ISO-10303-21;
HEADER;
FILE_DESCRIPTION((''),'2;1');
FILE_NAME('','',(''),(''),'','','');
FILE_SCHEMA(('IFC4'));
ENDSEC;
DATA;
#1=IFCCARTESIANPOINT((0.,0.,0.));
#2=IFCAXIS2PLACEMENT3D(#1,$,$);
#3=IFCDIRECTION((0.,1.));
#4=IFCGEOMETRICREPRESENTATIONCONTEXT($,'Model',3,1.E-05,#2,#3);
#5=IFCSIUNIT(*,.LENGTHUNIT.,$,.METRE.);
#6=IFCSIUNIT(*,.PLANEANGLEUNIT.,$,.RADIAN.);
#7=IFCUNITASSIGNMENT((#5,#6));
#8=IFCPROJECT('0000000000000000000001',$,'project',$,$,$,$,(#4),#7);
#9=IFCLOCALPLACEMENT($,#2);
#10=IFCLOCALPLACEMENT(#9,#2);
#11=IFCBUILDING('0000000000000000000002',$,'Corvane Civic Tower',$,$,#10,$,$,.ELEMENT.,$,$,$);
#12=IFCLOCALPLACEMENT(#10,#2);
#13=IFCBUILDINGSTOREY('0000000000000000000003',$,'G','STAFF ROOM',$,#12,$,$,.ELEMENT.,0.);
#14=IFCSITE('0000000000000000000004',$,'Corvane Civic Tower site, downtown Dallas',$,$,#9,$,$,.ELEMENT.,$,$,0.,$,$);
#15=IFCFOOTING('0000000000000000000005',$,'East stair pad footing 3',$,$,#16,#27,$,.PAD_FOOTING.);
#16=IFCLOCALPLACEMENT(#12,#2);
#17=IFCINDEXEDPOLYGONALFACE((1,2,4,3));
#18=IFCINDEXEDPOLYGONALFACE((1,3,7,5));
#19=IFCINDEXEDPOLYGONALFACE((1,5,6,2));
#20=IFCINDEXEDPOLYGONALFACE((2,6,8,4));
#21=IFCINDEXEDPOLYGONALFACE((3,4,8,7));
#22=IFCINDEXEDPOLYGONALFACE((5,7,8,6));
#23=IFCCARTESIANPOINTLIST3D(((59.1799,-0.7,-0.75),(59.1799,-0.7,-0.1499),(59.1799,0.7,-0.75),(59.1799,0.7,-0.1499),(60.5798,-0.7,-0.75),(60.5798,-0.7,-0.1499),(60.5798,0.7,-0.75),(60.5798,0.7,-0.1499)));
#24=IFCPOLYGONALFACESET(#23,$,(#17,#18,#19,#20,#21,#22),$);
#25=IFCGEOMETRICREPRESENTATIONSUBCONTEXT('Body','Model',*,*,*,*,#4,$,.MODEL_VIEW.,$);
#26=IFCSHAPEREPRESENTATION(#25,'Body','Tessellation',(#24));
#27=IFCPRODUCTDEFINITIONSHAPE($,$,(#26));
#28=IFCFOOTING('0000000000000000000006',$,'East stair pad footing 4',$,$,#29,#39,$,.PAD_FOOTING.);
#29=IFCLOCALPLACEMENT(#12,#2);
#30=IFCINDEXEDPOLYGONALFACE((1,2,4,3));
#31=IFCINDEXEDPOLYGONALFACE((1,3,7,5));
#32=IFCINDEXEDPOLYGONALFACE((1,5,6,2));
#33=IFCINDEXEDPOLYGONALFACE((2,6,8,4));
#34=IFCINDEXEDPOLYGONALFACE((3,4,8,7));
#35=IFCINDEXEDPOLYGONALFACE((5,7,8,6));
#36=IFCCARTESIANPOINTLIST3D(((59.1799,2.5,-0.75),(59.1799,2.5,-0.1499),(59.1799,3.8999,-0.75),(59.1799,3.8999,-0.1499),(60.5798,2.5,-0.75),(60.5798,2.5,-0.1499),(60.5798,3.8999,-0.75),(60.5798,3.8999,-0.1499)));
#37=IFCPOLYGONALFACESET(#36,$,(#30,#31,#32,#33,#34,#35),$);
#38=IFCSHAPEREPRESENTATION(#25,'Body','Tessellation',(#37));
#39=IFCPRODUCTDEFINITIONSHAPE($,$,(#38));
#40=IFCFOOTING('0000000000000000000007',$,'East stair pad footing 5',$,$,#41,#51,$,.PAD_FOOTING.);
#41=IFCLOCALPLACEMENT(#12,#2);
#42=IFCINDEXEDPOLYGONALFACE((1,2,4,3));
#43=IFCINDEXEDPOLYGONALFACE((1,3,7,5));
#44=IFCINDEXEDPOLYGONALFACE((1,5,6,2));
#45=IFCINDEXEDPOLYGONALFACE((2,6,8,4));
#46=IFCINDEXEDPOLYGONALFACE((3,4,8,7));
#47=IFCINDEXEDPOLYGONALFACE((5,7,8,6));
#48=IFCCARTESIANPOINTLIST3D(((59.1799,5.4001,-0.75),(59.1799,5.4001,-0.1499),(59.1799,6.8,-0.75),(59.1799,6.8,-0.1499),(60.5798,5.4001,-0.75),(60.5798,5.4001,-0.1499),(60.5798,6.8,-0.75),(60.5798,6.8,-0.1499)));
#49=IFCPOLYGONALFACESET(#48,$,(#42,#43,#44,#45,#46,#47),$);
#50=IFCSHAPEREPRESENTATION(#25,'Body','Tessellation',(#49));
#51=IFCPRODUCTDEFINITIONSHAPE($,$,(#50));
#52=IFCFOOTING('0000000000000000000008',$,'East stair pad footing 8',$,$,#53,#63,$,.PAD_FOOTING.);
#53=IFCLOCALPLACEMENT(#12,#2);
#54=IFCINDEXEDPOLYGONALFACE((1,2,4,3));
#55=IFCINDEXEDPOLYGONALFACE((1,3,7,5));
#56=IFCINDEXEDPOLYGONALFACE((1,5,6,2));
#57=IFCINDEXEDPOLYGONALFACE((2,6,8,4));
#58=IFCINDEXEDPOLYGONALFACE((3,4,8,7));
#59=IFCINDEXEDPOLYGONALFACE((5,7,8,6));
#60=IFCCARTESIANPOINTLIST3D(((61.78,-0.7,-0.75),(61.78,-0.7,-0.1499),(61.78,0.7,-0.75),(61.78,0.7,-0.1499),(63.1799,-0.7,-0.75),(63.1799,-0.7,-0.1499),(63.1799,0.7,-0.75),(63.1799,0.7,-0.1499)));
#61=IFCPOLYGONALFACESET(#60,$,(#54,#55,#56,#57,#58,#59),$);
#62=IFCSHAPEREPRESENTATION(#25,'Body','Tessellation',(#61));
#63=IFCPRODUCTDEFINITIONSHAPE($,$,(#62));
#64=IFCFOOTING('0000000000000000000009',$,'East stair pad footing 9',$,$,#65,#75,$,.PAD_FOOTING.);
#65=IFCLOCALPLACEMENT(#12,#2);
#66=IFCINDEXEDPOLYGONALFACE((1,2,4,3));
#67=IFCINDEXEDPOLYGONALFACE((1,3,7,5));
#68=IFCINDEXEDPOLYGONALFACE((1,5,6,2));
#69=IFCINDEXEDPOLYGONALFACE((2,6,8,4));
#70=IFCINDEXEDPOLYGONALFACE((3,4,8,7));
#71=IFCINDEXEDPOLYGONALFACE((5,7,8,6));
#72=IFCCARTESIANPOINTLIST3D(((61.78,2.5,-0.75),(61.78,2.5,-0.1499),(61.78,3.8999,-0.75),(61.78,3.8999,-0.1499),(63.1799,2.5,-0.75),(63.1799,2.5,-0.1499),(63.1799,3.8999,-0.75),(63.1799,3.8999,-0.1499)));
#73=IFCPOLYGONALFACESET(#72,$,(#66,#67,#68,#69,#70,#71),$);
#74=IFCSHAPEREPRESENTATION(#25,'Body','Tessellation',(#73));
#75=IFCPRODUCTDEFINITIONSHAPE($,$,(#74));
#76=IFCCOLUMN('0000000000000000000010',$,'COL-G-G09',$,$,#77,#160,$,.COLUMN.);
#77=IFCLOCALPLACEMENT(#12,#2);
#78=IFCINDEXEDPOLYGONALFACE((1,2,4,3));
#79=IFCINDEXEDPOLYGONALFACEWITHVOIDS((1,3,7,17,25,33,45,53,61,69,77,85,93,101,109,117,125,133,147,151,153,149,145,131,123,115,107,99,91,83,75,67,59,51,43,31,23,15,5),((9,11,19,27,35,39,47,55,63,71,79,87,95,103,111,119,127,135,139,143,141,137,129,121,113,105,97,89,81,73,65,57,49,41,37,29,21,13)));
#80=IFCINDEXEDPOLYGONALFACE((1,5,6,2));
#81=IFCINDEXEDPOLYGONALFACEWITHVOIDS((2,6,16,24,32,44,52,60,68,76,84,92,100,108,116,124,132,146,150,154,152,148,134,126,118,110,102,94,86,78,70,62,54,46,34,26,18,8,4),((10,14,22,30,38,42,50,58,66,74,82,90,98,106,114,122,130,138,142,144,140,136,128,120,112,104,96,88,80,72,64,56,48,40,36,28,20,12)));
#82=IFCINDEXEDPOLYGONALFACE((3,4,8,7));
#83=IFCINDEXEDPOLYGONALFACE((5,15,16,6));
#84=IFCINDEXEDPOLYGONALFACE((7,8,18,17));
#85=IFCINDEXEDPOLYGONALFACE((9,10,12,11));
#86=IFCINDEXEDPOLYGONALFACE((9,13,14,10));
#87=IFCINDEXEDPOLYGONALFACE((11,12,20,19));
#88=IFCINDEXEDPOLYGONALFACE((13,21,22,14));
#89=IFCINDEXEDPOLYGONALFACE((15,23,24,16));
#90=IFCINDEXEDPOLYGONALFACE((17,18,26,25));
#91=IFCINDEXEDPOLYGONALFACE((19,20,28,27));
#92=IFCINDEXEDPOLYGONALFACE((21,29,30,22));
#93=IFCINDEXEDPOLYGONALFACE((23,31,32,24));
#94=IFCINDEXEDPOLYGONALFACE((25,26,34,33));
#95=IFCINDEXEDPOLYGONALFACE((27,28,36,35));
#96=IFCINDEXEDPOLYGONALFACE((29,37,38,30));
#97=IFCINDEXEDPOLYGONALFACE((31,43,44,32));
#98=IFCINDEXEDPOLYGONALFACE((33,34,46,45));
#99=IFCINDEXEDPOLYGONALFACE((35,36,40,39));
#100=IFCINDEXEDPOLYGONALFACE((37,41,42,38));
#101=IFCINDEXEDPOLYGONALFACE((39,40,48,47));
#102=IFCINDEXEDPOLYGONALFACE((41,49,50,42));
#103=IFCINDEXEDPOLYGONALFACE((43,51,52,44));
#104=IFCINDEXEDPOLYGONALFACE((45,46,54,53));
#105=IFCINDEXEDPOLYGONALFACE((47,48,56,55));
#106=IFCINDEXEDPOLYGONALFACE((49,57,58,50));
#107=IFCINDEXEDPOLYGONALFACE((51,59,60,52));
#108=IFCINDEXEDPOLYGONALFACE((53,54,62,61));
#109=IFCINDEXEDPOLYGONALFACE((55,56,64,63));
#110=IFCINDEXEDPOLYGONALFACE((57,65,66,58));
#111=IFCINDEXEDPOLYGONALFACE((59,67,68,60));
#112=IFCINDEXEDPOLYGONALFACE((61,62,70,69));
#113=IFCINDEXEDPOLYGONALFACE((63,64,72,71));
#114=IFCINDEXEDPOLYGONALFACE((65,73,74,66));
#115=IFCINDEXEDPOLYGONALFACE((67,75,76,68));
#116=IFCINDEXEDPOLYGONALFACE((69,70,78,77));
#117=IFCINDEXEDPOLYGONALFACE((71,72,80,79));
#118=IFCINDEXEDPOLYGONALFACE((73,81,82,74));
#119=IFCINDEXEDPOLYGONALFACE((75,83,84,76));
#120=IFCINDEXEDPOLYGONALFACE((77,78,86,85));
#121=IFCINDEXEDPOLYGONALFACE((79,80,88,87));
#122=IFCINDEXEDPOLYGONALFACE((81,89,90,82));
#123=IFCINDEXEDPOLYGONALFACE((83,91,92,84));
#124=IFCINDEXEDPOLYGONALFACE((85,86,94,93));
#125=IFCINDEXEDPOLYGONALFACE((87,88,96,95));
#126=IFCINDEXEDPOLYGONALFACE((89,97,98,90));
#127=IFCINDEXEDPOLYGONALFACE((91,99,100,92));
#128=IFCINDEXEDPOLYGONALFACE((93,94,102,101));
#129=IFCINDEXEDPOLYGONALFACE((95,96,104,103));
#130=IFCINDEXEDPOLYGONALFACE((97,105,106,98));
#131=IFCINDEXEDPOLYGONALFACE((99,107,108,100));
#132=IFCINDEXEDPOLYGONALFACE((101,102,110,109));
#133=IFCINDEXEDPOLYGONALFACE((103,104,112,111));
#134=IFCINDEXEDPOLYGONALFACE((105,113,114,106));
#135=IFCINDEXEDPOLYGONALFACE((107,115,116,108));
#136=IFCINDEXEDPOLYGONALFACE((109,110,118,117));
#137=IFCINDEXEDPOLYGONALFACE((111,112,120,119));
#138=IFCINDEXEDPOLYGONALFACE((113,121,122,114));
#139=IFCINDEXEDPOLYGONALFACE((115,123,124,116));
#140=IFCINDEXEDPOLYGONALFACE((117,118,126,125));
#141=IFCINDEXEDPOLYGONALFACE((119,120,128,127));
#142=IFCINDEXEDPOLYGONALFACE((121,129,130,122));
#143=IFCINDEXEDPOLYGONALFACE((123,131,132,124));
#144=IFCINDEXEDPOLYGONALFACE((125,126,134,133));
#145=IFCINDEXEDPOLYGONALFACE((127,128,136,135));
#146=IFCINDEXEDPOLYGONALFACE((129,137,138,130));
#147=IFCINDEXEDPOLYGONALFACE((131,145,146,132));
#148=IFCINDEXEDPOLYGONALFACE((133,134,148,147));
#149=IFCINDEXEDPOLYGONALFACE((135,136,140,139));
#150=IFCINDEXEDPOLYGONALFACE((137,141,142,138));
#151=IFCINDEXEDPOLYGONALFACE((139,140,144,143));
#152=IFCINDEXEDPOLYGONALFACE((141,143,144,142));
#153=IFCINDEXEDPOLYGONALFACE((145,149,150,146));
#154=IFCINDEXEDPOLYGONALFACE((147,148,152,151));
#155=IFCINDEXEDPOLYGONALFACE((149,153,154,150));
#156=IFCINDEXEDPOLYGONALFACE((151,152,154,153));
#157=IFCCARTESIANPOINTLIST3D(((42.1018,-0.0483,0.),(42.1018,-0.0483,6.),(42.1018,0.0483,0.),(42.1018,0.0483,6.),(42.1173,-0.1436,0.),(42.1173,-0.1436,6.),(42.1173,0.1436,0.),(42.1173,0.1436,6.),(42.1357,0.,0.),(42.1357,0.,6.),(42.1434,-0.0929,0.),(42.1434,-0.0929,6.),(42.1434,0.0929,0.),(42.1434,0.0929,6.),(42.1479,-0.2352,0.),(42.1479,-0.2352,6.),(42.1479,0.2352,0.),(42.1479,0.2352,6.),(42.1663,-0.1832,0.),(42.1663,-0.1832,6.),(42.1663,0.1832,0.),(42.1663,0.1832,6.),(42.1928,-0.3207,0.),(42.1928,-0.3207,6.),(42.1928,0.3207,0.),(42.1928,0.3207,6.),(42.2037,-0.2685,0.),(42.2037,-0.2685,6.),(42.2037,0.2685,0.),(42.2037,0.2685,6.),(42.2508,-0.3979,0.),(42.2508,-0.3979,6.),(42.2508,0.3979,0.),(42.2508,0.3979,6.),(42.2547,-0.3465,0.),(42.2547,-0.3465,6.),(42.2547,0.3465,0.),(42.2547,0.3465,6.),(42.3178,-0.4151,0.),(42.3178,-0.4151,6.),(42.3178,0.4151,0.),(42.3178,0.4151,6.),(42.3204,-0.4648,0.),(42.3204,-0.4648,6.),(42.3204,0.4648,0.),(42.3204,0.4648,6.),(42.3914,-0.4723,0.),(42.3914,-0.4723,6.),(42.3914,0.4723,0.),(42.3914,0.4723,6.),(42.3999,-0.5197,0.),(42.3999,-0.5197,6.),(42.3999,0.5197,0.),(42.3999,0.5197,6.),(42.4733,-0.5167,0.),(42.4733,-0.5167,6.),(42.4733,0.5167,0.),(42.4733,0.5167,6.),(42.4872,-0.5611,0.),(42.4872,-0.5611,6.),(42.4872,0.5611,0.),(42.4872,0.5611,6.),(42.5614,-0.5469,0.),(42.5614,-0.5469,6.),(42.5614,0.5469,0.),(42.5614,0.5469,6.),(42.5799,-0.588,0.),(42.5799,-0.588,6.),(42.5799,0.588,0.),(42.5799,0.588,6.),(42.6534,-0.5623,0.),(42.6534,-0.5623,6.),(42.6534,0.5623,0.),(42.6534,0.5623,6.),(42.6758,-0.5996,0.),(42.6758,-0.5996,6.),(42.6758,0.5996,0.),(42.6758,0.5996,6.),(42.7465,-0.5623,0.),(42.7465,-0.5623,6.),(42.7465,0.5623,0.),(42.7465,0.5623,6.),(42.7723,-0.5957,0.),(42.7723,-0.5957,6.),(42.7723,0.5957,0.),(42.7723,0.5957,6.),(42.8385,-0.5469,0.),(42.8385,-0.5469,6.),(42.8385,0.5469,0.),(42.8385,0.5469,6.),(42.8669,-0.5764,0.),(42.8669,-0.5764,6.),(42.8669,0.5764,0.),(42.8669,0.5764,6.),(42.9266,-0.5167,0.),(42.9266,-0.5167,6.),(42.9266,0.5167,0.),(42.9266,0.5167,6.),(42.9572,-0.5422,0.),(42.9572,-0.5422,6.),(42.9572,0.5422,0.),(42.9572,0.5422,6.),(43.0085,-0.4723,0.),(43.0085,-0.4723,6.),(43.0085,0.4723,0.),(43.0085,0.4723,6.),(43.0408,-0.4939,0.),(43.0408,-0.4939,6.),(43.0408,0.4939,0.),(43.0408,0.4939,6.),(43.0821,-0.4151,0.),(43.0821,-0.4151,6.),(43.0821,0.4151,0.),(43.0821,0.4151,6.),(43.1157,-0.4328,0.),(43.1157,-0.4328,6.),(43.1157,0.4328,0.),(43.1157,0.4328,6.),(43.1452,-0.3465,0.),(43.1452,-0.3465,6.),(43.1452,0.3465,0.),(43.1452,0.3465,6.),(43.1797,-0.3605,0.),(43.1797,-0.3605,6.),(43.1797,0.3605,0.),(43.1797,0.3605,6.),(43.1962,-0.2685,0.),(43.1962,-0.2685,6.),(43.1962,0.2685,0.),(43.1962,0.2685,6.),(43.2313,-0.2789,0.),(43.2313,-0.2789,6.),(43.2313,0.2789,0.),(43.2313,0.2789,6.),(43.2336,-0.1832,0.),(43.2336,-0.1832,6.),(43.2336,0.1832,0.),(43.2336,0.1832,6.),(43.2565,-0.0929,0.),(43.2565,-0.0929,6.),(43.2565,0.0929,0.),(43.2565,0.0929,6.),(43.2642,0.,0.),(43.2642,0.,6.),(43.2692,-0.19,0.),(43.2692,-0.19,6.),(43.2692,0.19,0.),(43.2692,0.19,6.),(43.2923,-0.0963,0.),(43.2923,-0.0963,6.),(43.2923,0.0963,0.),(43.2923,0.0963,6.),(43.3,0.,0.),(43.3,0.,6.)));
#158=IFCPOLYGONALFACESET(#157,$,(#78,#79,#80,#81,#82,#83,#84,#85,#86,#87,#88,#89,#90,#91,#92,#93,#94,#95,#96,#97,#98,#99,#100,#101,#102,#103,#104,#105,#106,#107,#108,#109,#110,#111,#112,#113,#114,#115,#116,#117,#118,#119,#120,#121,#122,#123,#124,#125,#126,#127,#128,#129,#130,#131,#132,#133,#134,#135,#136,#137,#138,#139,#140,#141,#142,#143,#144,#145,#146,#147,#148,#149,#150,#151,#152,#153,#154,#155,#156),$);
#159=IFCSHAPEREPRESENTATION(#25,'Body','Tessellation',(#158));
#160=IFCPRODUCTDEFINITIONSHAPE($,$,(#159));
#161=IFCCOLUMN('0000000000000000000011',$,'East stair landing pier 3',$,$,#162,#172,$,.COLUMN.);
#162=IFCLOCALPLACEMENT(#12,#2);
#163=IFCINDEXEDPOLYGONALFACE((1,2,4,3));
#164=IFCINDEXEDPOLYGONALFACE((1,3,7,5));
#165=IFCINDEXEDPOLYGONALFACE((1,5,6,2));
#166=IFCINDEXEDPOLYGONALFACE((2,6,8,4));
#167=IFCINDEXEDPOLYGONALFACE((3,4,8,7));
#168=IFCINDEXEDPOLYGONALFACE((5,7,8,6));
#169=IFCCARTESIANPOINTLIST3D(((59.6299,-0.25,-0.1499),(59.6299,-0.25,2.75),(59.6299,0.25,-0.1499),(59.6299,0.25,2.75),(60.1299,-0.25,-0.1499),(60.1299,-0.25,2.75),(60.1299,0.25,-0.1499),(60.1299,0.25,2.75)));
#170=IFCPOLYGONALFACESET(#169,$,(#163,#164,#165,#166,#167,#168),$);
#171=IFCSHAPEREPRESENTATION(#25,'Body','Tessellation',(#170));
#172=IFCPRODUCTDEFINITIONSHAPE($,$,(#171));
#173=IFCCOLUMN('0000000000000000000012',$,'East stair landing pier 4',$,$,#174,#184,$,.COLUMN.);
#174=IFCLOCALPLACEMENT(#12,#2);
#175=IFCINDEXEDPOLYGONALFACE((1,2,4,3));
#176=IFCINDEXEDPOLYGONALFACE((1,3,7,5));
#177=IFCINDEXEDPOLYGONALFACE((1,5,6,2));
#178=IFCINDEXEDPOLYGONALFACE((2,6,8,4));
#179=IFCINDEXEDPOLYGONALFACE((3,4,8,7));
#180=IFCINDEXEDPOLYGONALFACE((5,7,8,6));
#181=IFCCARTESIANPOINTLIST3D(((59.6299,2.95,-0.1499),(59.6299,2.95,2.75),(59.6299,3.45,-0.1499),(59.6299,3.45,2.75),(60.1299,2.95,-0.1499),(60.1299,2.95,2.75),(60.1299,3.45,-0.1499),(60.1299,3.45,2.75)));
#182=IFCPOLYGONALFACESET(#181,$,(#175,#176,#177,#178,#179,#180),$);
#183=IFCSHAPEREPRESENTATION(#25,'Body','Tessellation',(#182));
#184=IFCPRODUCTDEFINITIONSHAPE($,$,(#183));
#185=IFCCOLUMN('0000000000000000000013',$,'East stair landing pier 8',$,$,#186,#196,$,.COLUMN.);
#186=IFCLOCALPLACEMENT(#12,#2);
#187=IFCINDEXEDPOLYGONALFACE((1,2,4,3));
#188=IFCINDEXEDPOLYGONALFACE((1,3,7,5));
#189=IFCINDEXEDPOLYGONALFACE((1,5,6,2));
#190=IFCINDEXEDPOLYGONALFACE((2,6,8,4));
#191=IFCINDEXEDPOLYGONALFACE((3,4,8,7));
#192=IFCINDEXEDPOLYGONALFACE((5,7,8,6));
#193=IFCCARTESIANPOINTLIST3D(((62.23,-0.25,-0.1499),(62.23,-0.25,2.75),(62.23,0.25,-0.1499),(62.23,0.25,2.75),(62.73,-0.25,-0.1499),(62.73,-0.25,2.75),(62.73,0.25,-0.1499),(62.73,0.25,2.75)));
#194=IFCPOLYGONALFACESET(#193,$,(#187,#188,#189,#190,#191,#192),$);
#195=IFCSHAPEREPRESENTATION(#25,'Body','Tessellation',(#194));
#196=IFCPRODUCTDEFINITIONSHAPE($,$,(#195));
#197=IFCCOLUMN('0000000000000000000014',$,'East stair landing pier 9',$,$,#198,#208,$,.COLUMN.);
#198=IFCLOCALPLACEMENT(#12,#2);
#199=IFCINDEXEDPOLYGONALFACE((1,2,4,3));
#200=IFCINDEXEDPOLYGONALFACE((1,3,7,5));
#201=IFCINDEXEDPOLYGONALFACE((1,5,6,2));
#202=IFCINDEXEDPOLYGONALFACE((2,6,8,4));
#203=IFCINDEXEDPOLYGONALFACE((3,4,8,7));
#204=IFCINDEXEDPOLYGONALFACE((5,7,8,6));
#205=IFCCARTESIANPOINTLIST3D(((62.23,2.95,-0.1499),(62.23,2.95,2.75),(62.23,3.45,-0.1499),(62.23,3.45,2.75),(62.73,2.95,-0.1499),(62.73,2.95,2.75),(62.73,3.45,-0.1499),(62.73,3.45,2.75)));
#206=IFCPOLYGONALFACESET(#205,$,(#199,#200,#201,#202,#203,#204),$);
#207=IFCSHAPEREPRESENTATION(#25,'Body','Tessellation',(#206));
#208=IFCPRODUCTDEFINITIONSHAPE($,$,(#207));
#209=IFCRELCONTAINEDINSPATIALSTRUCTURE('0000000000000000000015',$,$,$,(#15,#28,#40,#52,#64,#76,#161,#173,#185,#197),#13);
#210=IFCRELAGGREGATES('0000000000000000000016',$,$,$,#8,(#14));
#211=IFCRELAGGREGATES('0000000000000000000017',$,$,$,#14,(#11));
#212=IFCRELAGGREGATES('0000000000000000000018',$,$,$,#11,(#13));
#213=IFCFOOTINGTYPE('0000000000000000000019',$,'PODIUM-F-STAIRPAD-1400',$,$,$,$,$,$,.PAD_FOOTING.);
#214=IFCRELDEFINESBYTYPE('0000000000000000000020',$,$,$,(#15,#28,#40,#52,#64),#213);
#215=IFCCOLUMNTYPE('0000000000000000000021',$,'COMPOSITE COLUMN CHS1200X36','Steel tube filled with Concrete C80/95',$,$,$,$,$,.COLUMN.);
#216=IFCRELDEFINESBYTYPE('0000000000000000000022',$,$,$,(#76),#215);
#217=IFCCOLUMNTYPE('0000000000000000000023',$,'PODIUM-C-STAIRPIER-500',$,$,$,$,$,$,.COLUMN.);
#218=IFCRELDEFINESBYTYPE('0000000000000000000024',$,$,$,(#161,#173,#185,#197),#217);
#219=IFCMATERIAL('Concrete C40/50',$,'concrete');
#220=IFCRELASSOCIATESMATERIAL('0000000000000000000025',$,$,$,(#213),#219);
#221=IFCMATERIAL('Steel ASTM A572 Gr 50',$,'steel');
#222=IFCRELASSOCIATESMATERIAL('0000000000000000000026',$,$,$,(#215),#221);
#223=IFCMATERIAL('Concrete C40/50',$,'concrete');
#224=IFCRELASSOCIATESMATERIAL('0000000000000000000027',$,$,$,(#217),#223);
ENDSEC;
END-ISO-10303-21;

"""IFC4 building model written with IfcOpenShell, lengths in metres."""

from ifc_helpers import new_model, si_unit, direction, frame, origin, origin_2d, place, context, subcontext, project, spatial, rectangle, hollow_circle, extrude, material, material_profile, profile_set, type_object, element, save


model = new_model("IFC4")

# Units and contexts
model_context = context("Model", 3, precision=1e-05, world=origin(), true_north=direction((0.0, 1.0)))
body_context = subcontext(model_context, "Body", "Model", "MODEL_VIEW")
ifc_project = project(units=[si_unit("LENGTHUNIT", "METRE"), si_unit("PLANEANGLEUNIT", "RADIAN")], contexts=[model_context])

# Site, building, storey
site_placement = place(None, origin())
site = spatial("IfcSite", under=ifc_project, at=site_placement, Name="Corvane Civic Tower site, downtown Dallas", CompositionType="ELEMENT", RefElevation=0.0)
building_placement = place(site_placement, origin())
building = spatial("IfcBuilding", under=site, at=building_placement, Name="Corvane Civic Tower", CompositionType="ELEMENT")
storey_placement = place(building_placement, origin())
storey = spatial("IfcBuildingStorey", under=building, at=storey_placement, Name="G", Description="STAFF ROOM", CompositionType="ELEMENT", Elevation=0.0)

# Footings
ifc_material_1 = material(Name="Concrete C40/50", Category="concrete")
footing_type = type_object("IfcFootingType", Name="PODIUM-F-STAIRPAD-1400", PredefinedType="PAD_FOOTING", material=ifc_material_1)
for number, where, z_axis, x_axis, name in (
    (1, (59.8799, 0.0, -0.75), (0.0, 0.0, 1.0), (1.0, 0.0, 0.0), "East stair pad footing 3"),
    (2, (59.8799, 3.2, -0.75), (0.0, 0.0, 1.0), (1.0, 0.0, 0.0), "East stair pad footing 4"),
    (3, (59.8799, 6.1001, -0.75), (0.0, 0.0, 1.0), (1.0, 0.0, 0.0), "East stair pad footing 5"),
    (4, (62.48, 0.0, -0.75), (0.0, 0.0, 1.0), (1.0, 0.0, 0.0), "East stair pad footing 8"),
    (5, (62.48, 3.2, -0.75), (0.0, 0.0, 1.0), (1.0, 0.0, 0.0), "East stair pad footing 9"),
):
    element("IfcFooting", number, at=place(storey_placement, frame(where, z_axis=z_axis, x_axis=x_axis)), inside=storey, type_object=footing_type, Name=name, PredefinedType="PAD_FOOTING", context=body_context, shape_type="SweptSolid", body=[
        extrude(rectangle(XDim=1.3999, YDim=1.3999, at=origin_2d()), origin(), (0.0, 0.0, 1.0), 0.6001),
    ])

# Columns
ifc_material_2 = material(Name="Steel ASTM A572 Gr 50", Category="steel")
ifc_material_profile_1 = material_profile(ifc_material_2, hollow_circle(Radius=0.6001, WallThickness=0.0359, at=origin_2d()), Name="CHS1200X36")
ifc_profile_set_1 = profile_set([ifc_material_profile_1], Name="Steel ASTM A572 Gr 50")
column_type_1 = type_object("IfcColumnType", Name="COMPOSITE COLUMN CHS1200X36", Description="Steel tube filled with Concrete C80/95", PredefinedType="COLUMN", material=ifc_profile_set_1)
column_1_placement = place(storey_placement, frame((42.7, 0.0, 0.0), z_axis=(0.0, 0.0, 1.0), x_axis=(1.0, 0.0, 0.0)))
element("IfcColumn", 6, at=column_1_placement, inside=storey, type_object=column_type_1, Name="COL-G-G09", PredefinedType="COLUMN", context=body_context, shape_type="SweptSolid", body=[
    extrude(hollow_circle(Radius=0.6001, WallThickness=0.0359, at=origin_2d()), origin(), (0.0, 0.0, 1.0), 6.0),
])
ifc_material_3 = material(Name="Concrete C40/50", Category="concrete")
ifc_material_profile_2 = material_profile(ifc_material_3, rectangle(XDim=0.5, YDim=0.5, at=origin_2d()), Name="RC 500x500")
ifc_profile_set_2 = profile_set([ifc_material_profile_2], Name="Concrete C40/50")
column_type_2 = type_object("IfcColumnType", Name="PODIUM-C-STAIRPIER-500", PredefinedType="COLUMN", material=ifc_profile_set_2)
for number, where, z_axis, x_axis, name in (
    (7, (59.8799, 0.0, -0.1499), (0.0, 0.0, 1.0), (1.0, 0.0, 0.0), "East stair landing pier 3"),
    (8, (59.8799, 3.2, -0.1499), (0.0, 0.0, 1.0), (1.0, 0.0, 0.0), "East stair landing pier 4"),
    (9, (62.48, 0.0, -0.1499), (0.0, 0.0, 1.0), (1.0, 0.0, 0.0), "East stair landing pier 8"),
    (10, (62.48, 3.2, -0.1499), (0.0, 0.0, 1.0), (1.0, 0.0, 0.0), "East stair landing pier 9"),
):
    element("IfcColumn", number, at=place(storey_placement, frame(where, z_axis=z_axis, x_axis=x_axis)), inside=storey, type_object=column_type_2, Name=name, PredefinedType="COLUMN", context=body_context, shape_type="SweptSolid", body=[
        extrude(rectangle(XDim=0.5, YDim=0.5, at=origin_2d()), origin(), (0.0, 0.0, 1.0), 2.8999),
    ])

save(model, "model.ifc")
